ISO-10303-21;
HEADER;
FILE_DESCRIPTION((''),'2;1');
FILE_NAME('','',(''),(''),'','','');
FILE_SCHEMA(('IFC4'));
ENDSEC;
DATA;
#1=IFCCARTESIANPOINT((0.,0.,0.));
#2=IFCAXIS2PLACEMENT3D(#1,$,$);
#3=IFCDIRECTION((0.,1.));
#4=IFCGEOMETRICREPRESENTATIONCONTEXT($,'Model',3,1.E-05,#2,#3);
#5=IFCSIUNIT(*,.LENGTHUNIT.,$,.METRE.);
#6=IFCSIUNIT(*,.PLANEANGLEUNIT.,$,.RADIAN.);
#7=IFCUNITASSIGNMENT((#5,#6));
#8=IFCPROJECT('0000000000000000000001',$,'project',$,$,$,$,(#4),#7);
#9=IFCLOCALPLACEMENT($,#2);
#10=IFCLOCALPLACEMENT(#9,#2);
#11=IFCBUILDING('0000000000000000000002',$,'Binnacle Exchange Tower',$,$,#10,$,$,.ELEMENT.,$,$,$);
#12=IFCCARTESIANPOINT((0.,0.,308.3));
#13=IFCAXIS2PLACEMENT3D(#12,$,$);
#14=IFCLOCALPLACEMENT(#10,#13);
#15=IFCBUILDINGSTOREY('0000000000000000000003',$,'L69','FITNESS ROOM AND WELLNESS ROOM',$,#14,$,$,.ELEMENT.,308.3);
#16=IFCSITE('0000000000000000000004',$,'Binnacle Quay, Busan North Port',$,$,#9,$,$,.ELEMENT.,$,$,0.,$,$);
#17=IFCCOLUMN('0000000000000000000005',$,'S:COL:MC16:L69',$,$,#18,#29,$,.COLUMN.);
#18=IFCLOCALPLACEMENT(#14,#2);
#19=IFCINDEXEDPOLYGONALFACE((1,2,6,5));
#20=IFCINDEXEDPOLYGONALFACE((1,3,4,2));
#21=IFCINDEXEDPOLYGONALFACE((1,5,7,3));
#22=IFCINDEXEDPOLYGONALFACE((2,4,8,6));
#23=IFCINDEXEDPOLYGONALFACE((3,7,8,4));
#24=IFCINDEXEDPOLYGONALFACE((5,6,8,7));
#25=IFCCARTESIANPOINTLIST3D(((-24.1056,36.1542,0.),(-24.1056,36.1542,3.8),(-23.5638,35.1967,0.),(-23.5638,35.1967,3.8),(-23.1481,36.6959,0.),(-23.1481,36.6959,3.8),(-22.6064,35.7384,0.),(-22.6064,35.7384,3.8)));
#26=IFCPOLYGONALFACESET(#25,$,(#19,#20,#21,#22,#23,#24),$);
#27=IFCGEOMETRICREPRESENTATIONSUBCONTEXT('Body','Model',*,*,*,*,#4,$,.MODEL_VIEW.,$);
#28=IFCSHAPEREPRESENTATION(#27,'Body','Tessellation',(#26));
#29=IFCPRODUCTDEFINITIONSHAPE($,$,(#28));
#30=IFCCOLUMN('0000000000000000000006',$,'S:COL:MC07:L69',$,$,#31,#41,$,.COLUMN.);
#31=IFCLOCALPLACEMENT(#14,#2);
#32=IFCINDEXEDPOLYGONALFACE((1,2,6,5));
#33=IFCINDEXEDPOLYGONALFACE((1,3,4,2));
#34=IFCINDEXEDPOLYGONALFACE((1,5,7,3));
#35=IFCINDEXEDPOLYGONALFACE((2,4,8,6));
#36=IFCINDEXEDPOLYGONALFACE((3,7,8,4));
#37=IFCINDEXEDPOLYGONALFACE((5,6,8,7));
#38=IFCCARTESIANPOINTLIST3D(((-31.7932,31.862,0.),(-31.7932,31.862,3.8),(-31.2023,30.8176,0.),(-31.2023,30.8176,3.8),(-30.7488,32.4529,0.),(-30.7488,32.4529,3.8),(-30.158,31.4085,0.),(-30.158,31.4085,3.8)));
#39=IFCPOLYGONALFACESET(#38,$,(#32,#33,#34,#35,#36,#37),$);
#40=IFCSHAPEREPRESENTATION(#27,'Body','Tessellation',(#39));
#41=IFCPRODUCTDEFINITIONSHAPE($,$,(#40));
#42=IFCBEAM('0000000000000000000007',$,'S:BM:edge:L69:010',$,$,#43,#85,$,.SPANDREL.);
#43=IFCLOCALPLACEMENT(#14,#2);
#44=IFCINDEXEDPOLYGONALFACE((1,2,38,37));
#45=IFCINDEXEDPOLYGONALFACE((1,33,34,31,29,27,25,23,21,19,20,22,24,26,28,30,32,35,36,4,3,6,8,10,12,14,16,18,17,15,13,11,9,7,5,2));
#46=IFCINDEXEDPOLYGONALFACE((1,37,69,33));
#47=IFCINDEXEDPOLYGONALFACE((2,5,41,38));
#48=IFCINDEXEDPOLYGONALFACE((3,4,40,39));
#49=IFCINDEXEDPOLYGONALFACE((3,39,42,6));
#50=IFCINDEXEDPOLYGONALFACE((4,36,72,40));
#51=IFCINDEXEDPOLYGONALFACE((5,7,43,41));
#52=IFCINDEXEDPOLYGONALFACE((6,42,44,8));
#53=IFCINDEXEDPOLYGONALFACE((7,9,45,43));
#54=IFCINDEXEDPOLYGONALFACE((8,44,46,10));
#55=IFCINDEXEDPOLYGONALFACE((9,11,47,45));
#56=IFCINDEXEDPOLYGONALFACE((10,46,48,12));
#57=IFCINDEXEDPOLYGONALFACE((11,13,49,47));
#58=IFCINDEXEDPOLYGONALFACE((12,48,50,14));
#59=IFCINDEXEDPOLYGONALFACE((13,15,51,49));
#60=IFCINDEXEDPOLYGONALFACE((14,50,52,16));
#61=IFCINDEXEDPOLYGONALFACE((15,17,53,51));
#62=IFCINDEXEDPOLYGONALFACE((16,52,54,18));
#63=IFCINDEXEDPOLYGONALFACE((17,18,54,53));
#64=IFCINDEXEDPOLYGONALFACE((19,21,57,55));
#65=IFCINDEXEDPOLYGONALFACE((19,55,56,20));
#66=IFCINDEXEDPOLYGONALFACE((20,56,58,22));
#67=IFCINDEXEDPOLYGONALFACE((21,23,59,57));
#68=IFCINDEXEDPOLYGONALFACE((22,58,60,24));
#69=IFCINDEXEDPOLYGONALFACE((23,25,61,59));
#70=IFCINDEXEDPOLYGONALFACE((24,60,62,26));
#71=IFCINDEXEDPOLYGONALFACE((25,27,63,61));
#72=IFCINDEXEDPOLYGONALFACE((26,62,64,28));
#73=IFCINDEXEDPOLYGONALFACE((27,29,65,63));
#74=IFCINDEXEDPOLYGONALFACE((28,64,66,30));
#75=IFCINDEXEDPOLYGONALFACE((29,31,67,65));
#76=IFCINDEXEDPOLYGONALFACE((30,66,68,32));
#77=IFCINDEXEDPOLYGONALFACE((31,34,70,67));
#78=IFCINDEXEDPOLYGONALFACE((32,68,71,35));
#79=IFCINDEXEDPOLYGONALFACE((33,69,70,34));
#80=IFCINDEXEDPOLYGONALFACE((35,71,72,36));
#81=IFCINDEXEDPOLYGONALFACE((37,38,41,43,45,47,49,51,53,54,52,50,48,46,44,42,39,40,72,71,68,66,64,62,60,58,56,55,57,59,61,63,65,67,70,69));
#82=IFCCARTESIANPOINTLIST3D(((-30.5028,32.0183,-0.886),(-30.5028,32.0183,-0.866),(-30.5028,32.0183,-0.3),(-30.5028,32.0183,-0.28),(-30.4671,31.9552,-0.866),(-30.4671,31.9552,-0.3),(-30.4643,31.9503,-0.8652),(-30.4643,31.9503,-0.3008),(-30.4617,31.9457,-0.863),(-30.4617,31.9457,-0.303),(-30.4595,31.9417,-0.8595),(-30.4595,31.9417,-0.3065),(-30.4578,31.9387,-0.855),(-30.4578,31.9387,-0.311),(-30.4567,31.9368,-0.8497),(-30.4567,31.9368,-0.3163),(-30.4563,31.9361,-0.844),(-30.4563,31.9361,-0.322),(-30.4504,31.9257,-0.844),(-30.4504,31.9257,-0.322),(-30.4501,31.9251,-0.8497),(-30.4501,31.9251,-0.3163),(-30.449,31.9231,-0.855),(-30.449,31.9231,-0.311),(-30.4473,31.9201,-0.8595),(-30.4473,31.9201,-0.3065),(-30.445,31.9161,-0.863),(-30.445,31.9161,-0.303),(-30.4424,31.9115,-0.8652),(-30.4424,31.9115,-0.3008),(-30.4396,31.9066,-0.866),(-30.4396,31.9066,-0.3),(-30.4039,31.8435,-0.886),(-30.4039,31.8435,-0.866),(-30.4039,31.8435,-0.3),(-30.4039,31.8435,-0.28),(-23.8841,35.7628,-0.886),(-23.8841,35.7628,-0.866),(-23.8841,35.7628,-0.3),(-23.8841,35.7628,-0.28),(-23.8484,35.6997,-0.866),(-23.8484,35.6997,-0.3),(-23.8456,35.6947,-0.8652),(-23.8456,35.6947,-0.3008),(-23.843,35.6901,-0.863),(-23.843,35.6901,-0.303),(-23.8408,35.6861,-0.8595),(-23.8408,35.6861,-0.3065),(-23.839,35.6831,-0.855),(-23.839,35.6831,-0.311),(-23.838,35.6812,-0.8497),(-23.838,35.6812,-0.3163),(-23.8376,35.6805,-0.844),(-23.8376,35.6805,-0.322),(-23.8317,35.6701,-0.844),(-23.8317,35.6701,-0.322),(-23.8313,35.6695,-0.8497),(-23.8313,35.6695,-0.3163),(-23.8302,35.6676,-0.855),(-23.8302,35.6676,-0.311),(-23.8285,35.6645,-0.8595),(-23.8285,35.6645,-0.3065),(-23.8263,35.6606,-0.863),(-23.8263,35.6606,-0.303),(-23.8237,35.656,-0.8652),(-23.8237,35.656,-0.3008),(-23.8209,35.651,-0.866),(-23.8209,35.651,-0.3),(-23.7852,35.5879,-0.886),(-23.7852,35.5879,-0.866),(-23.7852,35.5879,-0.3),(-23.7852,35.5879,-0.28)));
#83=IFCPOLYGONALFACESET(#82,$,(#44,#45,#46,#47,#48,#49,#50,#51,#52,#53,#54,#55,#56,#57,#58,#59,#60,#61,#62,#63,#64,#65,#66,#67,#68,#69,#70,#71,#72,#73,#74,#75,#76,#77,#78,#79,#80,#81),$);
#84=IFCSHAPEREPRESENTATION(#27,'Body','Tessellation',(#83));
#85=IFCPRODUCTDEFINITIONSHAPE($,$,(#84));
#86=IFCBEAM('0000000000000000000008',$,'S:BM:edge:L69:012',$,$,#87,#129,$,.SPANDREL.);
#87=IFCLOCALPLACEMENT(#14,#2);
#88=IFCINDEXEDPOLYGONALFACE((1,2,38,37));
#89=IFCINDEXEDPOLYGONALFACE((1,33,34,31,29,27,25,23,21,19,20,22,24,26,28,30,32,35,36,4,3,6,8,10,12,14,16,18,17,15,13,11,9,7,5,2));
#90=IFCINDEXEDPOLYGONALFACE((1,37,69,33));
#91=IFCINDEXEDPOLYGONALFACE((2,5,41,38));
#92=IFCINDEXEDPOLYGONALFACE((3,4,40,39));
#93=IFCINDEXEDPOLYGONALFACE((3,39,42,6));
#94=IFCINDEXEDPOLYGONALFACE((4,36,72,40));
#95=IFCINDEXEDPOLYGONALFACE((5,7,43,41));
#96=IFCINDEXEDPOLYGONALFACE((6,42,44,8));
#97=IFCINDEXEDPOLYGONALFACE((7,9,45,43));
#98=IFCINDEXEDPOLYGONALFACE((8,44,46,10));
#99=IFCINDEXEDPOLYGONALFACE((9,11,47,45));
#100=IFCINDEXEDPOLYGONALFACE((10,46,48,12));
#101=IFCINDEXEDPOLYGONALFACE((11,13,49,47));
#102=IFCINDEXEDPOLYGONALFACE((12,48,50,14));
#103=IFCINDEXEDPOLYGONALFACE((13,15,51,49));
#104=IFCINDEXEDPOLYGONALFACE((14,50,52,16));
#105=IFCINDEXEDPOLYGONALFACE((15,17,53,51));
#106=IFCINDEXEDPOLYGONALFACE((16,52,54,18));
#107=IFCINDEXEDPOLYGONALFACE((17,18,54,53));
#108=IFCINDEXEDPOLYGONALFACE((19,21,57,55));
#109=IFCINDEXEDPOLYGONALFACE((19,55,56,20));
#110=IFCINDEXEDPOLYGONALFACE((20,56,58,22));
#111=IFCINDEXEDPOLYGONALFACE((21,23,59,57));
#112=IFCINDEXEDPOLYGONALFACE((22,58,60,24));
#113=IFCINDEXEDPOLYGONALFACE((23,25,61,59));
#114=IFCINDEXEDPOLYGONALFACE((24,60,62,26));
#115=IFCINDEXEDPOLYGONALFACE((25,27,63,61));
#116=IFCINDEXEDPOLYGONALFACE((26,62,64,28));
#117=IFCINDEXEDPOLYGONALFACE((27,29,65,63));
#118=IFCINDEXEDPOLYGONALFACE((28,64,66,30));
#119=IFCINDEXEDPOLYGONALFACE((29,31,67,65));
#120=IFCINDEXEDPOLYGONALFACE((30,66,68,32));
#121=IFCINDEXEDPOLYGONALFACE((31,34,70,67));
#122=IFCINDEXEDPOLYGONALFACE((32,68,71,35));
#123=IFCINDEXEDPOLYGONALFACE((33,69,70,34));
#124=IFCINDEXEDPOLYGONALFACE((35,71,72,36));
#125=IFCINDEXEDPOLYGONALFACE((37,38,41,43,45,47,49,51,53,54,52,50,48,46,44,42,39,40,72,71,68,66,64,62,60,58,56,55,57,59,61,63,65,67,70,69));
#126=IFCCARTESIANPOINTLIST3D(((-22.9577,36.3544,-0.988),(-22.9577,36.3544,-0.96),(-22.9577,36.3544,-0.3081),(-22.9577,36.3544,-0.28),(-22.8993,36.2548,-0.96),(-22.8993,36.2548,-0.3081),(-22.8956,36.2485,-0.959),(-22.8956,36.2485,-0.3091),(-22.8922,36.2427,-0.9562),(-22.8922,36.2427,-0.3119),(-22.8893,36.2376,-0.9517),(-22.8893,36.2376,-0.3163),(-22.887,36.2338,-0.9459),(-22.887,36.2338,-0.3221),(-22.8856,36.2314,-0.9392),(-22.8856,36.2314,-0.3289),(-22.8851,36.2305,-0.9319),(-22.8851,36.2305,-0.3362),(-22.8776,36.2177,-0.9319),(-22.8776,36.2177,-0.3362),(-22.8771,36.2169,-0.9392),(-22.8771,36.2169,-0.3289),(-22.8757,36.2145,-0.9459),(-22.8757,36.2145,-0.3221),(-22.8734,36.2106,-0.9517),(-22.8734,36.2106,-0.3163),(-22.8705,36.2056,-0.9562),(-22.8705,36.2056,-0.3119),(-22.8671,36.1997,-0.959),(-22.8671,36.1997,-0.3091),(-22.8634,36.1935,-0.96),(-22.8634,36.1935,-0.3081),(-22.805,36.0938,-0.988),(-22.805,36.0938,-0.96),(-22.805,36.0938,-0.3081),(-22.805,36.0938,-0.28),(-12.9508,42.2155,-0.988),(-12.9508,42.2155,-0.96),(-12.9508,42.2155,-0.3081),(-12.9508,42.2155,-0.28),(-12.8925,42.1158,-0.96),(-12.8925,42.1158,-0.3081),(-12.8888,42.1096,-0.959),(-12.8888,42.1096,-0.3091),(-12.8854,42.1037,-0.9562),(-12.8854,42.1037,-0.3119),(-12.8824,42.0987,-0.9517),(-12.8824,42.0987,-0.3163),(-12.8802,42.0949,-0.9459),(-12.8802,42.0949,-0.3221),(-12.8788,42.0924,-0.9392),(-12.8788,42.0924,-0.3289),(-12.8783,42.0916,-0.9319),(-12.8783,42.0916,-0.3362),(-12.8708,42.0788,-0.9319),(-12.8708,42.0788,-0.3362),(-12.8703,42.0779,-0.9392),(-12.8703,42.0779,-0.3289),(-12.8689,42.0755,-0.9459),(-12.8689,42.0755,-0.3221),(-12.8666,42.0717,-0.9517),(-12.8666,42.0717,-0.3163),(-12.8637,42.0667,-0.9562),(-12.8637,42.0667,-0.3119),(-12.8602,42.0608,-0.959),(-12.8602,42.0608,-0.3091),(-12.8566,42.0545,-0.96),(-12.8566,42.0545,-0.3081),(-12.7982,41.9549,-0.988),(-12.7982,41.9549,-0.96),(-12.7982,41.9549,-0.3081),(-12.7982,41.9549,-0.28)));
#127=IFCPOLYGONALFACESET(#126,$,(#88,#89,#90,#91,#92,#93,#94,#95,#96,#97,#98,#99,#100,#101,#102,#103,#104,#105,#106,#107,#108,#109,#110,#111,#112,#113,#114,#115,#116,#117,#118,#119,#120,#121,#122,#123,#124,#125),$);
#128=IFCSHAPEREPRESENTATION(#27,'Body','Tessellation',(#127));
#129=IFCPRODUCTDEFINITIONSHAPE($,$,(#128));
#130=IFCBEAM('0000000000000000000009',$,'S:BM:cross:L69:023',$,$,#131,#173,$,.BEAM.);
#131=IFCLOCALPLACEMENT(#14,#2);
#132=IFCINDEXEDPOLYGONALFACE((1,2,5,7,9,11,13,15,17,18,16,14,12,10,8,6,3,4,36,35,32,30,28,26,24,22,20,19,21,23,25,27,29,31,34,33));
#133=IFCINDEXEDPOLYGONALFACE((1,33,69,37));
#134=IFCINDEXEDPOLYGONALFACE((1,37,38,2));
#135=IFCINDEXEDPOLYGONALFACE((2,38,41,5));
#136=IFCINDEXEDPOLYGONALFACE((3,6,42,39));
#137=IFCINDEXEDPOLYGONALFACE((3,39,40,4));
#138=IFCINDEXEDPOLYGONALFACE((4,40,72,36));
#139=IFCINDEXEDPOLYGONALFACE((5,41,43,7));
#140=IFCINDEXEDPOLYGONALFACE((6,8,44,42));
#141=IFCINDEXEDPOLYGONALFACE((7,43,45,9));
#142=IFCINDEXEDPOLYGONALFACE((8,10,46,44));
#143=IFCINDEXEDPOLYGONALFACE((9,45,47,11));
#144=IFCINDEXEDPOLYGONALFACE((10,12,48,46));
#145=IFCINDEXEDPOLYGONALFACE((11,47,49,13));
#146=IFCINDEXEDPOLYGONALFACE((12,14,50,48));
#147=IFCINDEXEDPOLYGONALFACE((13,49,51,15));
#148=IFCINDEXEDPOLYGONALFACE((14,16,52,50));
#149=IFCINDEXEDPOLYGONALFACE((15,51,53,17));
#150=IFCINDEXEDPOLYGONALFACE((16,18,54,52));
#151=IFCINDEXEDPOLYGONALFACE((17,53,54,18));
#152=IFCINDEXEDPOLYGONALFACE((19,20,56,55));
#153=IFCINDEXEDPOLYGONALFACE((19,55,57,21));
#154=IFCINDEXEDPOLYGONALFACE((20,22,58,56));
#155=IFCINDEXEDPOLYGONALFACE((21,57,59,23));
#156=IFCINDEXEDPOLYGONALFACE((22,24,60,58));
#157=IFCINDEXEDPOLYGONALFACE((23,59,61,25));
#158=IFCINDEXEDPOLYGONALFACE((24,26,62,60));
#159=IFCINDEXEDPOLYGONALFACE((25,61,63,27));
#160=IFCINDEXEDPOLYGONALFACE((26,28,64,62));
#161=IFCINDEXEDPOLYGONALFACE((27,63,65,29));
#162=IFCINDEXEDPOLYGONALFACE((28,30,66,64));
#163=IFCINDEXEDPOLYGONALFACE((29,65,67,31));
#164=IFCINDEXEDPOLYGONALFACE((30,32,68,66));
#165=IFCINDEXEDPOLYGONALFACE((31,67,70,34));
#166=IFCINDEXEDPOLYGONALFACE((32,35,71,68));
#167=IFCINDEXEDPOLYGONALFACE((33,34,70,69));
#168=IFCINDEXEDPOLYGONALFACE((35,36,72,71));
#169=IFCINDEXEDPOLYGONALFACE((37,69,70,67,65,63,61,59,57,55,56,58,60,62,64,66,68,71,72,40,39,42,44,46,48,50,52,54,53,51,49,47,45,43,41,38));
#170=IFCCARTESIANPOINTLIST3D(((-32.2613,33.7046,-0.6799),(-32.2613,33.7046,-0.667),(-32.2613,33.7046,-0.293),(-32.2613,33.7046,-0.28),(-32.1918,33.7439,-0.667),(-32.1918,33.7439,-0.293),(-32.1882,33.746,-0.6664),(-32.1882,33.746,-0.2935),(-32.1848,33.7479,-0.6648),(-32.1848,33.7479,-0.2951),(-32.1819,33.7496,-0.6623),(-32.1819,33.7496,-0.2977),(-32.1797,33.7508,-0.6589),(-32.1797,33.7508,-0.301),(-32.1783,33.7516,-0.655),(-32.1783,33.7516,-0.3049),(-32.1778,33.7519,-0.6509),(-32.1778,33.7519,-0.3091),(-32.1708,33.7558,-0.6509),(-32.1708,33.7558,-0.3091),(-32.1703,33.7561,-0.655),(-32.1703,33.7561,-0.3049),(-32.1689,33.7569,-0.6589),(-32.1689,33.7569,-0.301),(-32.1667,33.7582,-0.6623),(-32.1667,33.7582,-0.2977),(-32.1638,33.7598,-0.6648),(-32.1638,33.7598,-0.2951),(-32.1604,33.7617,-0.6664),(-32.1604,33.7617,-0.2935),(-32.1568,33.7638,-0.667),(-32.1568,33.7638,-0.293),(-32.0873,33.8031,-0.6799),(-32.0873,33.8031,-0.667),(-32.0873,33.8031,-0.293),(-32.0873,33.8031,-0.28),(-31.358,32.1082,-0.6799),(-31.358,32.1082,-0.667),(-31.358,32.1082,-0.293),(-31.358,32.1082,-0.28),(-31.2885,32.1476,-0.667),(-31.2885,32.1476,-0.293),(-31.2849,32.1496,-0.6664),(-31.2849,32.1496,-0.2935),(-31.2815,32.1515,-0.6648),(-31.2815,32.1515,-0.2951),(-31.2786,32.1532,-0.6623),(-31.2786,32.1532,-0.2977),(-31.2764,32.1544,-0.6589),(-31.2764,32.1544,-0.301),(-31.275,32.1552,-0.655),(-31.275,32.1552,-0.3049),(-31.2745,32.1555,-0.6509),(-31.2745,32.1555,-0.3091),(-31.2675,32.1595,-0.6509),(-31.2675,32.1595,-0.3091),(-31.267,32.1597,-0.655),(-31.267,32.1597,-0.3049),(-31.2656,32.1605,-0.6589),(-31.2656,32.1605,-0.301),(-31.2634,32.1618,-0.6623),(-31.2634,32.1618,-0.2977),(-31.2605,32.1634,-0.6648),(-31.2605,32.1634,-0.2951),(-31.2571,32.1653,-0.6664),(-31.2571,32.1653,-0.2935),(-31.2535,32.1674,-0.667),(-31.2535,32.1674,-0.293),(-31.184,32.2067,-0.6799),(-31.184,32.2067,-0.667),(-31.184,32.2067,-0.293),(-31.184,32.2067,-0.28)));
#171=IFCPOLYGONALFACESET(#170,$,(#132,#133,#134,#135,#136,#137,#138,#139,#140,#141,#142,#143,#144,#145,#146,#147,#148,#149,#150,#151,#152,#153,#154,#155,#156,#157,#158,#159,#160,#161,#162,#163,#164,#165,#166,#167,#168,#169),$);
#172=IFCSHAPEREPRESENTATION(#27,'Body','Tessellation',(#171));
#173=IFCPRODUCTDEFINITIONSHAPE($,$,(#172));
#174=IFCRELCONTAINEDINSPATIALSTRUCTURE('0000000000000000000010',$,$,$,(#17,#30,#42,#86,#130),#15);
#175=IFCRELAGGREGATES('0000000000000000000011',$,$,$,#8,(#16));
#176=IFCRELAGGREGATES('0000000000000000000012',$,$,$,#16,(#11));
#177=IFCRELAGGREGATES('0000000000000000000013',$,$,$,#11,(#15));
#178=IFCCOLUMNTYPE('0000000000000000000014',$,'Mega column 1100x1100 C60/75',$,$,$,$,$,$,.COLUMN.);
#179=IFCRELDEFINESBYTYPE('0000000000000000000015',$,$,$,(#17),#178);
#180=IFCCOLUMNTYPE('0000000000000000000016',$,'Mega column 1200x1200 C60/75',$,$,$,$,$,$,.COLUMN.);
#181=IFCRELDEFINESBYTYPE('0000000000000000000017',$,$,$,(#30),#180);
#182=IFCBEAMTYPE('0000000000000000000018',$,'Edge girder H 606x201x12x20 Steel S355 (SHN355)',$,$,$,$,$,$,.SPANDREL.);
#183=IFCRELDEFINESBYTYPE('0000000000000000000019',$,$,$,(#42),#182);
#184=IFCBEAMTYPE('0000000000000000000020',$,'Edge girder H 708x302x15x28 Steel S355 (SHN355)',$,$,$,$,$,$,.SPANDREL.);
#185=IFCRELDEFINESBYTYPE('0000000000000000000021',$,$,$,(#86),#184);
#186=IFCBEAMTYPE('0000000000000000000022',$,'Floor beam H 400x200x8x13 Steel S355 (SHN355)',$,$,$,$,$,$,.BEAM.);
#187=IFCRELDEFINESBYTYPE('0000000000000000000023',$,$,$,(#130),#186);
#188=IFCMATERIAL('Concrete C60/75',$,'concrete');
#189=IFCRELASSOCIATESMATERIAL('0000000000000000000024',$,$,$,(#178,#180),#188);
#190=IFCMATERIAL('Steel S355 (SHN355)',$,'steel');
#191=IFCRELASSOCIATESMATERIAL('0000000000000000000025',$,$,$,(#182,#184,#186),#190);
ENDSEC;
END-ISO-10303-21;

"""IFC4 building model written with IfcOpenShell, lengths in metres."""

from ifc_helpers import new_model, si_unit, direction, frame, origin, origin_2d, place, context, subcontext, project, spatial, rectangle, i_section, extrude, material, material_profile, profile_set, type_object, element, save


model = new_model("IFC4")

# Units and contexts
model_context = context("Model", 3, precision=1e-05, world=origin(), true_north=direction((0.0, 1.0)))
body_context = subcontext(model_context, "Body", "Model", "MODEL_VIEW")
ifc_project = project(units=[si_unit("LENGTHUNIT", "METRE"), si_unit("PLANEANGLEUNIT", "RADIAN")], contexts=[model_context])

# Site, building, storey
site_placement = place(None, origin())
site = spatial("IfcSite", under=ifc_project, at=site_placement, Name="Binnacle Quay, Busan North Port", CompositionType="ELEMENT", RefElevation=0.0)
building_placement = place(site_placement, origin())
building = spatial("IfcBuilding", under=site, at=building_placement, Name="Binnacle Exchange Tower", CompositionType="ELEMENT")
storey_placement = place(building_placement, frame((0.0, 0.0, 308.3)))
storey = spatial("IfcBuildingStorey", under=building, at=storey_placement, Name="L69", Description="FITNESS ROOM AND WELLNESS ROOM", CompositionType="ELEMENT", Elevation=308.3)

# Columns
ifc_material_1 = material(Name="Concrete C60/75", Category="concrete")
ifc_material_profile_1 = material_profile(ifc_material_1, rectangle(XDim=1.1001, YDim=1.1001, at=origin_2d()), Name="Mega column 1100x1100 C60/75")
ifc_profile_set_1 = profile_set([ifc_material_profile_1], Name="Concrete C60/75")
column_type_1 = type_object("IfcColumnType", Name="Mega column 1100x1100 C60/75", PredefinedType="COLUMN", material=ifc_profile_set_1)
column_1_placement = place(storey_placement, frame((-23.356, 35.9463, 0.0), z_axis=(0.0, 0.0, 1.0), x_axis=(0.870356, 0.492424, 0.0)))
element("IfcColumn", 1, at=column_1_placement, inside=storey, type_object=column_type_1, Name="S:COL:MC16:L69", PredefinedType="COLUMN", context=body_context, shape_type="SweptSolid", body=[
    extrude(rectangle(XDim=1.1001, YDim=1.1001, at=origin_2d()), origin(), (0.0, 0.0, 1.0), 3.8),
])
ifc_material_profile_2 = material_profile(ifc_material_1, rectangle(XDim=1.2, YDim=1.2, at=origin_2d()), Name="Mega column 1200x1200 C60/75")
ifc_profile_set_2 = profile_set([ifc_material_profile_2], Name="Concrete C60/75")
column_type_2 = type_object("IfcColumnType", Name="Mega column 1200x1200 C60/75", PredefinedType="COLUMN", material=ifc_profile_set_2)
column_2_placement = place(storey_placement, frame((-30.9756, 31.6353, 0.0), z_axis=(0.0, 0.0, 1.0), x_axis=(0.870356, 0.492424, 0.0)))
element("IfcColumn", 2, at=column_2_placement, inside=storey, type_object=column_type_2, Name="S:COL:MC07:L69", PredefinedType="COLUMN", context=body_context, shape_type="SweptSolid", body=[
    extrude(rectangle(XDim=1.2, YDim=1.2, at=origin_2d()), origin(), (0.0, 0.0, 1.0), 3.8),
])

# Beams
ifc_material_2 = material(Name="Steel S355 (SHN355)", Category="steel")
ifc_material_profile_3 = material_profile(ifc_material_2, i_section(OverallWidth=0.2009, OverallDepth=0.606, WebThickness=0.012, FlangeThickness=0.02, FilletRadius=0.022, at=origin_2d()), Name="H 606x201x12x20")
ifc_profile_set_3 = profile_set([ifc_material_profile_3], Name="Steel S355 (SHN355)")
beam_type_1 = type_object("IfcBeamType", Name="Edge girder H 606x201x12x20 Steel S355 (SHN355)", PredefinedType="SPANDREL", material=ifc_profile_set_3)
beam_1_placement = place(storey_placement, frame((-30.4534, 31.9309, -0.583), z_axis=(0.870371, 0.492397, 0.0), x_axis=(-0.492397, 0.870371, 0.0)))
element("IfcBeam", 3, at=beam_1_placement, inside=storey, type_object=beam_type_1, Name="S:BM:edge:L69:010", PredefinedType="SPANDREL", context=body_context, shape_type="SweptSolid", body=[
    extrude(i_section(OverallWidth=0.2009, OverallDepth=0.606, WebThickness=0.012, FlangeThickness=0.02, FilletRadius=0.022, at=origin_2d()), origin(), (0.0, 0.0, 1.0), 7.6045),
])
ifc_material_profile_4 = material_profile(ifc_material_2, i_section(OverallWidth=0.302, OverallDepth=0.708, WebThickness=0.0149, FlangeThickness=0.0281, FilletRadius=0.0281, at=origin_2d()), Name="H 708x302x15x28")
ifc_profile_set_4 = profile_set([ifc_material_profile_4], Name="Steel S355 (SHN355)")
beam_type_2 = type_object("IfcBeamType", Name="Edge girder H 708x302x15x28 Steel S355 (SHN355)", PredefinedType="SPANDREL", material=ifc_profile_set_4)
beam_2_placement = place(storey_placement, frame((-22.8813, 36.2241, -0.634), z_axis=(0.862886, 0.505399, 0.0), x_axis=(-0.505399, 0.862886, 0.0)))
element("IfcBeam", 4, at=beam_2_placement, inside=storey, type_object=beam_type_2, Name="S:BM:edge:L69:012", PredefinedType="SPANDREL", context=body_context, shape_type="SweptSolid", body=[
    extrude(i_section(OverallWidth=0.302, OverallDepth=0.708, WebThickness=0.0149, FlangeThickness=0.0281, FilletRadius=0.0281, at=origin_2d()), origin(), (0.0, 0.0, 1.0), 11.5969),
])
ifc_material_profile_5 = material_profile(ifc_material_2, i_section(OverallWidth=0.2, OverallDepth=0.3999, WebThickness=0.0081, FlangeThickness=0.0129, FilletRadius=0.0161, at=origin_2d()), Name="H 400x200x8x13")
ifc_profile_set_5 = profile_set([ifc_material_profile_5], Name="Steel S355 (SHN355)")
beam_type_3 = type_object("IfcBeamType", Name="Floor beam H 400x200x8x13 Steel S355 (SHN355)", PredefinedType="BEAM", material=ifc_profile_set_5)
beam_3_placement = place(storey_placement, frame((-31.271, 32.1575, -0.48), z_axis=(-0.492465, 0.870332, 0.0), x_axis=(-0.870332, -0.492465, 0.0)))
element("IfcBeam", 5, at=beam_3_placement, inside=storey, type_object=beam_type_3, Name="S:BM:cross:L69:023", PredefinedType="BEAM", context=body_context, shape_type="SweptSolid", body=[
    extrude(i_section(OverallWidth=0.2, OverallDepth=0.3999, WebThickness=0.0081, FlangeThickness=0.0129, FilletRadius=0.0161, at=origin_2d()), origin(), (0.0, 0.0, 1.0), 1.8342),
])

save(model, "model.ifc")
